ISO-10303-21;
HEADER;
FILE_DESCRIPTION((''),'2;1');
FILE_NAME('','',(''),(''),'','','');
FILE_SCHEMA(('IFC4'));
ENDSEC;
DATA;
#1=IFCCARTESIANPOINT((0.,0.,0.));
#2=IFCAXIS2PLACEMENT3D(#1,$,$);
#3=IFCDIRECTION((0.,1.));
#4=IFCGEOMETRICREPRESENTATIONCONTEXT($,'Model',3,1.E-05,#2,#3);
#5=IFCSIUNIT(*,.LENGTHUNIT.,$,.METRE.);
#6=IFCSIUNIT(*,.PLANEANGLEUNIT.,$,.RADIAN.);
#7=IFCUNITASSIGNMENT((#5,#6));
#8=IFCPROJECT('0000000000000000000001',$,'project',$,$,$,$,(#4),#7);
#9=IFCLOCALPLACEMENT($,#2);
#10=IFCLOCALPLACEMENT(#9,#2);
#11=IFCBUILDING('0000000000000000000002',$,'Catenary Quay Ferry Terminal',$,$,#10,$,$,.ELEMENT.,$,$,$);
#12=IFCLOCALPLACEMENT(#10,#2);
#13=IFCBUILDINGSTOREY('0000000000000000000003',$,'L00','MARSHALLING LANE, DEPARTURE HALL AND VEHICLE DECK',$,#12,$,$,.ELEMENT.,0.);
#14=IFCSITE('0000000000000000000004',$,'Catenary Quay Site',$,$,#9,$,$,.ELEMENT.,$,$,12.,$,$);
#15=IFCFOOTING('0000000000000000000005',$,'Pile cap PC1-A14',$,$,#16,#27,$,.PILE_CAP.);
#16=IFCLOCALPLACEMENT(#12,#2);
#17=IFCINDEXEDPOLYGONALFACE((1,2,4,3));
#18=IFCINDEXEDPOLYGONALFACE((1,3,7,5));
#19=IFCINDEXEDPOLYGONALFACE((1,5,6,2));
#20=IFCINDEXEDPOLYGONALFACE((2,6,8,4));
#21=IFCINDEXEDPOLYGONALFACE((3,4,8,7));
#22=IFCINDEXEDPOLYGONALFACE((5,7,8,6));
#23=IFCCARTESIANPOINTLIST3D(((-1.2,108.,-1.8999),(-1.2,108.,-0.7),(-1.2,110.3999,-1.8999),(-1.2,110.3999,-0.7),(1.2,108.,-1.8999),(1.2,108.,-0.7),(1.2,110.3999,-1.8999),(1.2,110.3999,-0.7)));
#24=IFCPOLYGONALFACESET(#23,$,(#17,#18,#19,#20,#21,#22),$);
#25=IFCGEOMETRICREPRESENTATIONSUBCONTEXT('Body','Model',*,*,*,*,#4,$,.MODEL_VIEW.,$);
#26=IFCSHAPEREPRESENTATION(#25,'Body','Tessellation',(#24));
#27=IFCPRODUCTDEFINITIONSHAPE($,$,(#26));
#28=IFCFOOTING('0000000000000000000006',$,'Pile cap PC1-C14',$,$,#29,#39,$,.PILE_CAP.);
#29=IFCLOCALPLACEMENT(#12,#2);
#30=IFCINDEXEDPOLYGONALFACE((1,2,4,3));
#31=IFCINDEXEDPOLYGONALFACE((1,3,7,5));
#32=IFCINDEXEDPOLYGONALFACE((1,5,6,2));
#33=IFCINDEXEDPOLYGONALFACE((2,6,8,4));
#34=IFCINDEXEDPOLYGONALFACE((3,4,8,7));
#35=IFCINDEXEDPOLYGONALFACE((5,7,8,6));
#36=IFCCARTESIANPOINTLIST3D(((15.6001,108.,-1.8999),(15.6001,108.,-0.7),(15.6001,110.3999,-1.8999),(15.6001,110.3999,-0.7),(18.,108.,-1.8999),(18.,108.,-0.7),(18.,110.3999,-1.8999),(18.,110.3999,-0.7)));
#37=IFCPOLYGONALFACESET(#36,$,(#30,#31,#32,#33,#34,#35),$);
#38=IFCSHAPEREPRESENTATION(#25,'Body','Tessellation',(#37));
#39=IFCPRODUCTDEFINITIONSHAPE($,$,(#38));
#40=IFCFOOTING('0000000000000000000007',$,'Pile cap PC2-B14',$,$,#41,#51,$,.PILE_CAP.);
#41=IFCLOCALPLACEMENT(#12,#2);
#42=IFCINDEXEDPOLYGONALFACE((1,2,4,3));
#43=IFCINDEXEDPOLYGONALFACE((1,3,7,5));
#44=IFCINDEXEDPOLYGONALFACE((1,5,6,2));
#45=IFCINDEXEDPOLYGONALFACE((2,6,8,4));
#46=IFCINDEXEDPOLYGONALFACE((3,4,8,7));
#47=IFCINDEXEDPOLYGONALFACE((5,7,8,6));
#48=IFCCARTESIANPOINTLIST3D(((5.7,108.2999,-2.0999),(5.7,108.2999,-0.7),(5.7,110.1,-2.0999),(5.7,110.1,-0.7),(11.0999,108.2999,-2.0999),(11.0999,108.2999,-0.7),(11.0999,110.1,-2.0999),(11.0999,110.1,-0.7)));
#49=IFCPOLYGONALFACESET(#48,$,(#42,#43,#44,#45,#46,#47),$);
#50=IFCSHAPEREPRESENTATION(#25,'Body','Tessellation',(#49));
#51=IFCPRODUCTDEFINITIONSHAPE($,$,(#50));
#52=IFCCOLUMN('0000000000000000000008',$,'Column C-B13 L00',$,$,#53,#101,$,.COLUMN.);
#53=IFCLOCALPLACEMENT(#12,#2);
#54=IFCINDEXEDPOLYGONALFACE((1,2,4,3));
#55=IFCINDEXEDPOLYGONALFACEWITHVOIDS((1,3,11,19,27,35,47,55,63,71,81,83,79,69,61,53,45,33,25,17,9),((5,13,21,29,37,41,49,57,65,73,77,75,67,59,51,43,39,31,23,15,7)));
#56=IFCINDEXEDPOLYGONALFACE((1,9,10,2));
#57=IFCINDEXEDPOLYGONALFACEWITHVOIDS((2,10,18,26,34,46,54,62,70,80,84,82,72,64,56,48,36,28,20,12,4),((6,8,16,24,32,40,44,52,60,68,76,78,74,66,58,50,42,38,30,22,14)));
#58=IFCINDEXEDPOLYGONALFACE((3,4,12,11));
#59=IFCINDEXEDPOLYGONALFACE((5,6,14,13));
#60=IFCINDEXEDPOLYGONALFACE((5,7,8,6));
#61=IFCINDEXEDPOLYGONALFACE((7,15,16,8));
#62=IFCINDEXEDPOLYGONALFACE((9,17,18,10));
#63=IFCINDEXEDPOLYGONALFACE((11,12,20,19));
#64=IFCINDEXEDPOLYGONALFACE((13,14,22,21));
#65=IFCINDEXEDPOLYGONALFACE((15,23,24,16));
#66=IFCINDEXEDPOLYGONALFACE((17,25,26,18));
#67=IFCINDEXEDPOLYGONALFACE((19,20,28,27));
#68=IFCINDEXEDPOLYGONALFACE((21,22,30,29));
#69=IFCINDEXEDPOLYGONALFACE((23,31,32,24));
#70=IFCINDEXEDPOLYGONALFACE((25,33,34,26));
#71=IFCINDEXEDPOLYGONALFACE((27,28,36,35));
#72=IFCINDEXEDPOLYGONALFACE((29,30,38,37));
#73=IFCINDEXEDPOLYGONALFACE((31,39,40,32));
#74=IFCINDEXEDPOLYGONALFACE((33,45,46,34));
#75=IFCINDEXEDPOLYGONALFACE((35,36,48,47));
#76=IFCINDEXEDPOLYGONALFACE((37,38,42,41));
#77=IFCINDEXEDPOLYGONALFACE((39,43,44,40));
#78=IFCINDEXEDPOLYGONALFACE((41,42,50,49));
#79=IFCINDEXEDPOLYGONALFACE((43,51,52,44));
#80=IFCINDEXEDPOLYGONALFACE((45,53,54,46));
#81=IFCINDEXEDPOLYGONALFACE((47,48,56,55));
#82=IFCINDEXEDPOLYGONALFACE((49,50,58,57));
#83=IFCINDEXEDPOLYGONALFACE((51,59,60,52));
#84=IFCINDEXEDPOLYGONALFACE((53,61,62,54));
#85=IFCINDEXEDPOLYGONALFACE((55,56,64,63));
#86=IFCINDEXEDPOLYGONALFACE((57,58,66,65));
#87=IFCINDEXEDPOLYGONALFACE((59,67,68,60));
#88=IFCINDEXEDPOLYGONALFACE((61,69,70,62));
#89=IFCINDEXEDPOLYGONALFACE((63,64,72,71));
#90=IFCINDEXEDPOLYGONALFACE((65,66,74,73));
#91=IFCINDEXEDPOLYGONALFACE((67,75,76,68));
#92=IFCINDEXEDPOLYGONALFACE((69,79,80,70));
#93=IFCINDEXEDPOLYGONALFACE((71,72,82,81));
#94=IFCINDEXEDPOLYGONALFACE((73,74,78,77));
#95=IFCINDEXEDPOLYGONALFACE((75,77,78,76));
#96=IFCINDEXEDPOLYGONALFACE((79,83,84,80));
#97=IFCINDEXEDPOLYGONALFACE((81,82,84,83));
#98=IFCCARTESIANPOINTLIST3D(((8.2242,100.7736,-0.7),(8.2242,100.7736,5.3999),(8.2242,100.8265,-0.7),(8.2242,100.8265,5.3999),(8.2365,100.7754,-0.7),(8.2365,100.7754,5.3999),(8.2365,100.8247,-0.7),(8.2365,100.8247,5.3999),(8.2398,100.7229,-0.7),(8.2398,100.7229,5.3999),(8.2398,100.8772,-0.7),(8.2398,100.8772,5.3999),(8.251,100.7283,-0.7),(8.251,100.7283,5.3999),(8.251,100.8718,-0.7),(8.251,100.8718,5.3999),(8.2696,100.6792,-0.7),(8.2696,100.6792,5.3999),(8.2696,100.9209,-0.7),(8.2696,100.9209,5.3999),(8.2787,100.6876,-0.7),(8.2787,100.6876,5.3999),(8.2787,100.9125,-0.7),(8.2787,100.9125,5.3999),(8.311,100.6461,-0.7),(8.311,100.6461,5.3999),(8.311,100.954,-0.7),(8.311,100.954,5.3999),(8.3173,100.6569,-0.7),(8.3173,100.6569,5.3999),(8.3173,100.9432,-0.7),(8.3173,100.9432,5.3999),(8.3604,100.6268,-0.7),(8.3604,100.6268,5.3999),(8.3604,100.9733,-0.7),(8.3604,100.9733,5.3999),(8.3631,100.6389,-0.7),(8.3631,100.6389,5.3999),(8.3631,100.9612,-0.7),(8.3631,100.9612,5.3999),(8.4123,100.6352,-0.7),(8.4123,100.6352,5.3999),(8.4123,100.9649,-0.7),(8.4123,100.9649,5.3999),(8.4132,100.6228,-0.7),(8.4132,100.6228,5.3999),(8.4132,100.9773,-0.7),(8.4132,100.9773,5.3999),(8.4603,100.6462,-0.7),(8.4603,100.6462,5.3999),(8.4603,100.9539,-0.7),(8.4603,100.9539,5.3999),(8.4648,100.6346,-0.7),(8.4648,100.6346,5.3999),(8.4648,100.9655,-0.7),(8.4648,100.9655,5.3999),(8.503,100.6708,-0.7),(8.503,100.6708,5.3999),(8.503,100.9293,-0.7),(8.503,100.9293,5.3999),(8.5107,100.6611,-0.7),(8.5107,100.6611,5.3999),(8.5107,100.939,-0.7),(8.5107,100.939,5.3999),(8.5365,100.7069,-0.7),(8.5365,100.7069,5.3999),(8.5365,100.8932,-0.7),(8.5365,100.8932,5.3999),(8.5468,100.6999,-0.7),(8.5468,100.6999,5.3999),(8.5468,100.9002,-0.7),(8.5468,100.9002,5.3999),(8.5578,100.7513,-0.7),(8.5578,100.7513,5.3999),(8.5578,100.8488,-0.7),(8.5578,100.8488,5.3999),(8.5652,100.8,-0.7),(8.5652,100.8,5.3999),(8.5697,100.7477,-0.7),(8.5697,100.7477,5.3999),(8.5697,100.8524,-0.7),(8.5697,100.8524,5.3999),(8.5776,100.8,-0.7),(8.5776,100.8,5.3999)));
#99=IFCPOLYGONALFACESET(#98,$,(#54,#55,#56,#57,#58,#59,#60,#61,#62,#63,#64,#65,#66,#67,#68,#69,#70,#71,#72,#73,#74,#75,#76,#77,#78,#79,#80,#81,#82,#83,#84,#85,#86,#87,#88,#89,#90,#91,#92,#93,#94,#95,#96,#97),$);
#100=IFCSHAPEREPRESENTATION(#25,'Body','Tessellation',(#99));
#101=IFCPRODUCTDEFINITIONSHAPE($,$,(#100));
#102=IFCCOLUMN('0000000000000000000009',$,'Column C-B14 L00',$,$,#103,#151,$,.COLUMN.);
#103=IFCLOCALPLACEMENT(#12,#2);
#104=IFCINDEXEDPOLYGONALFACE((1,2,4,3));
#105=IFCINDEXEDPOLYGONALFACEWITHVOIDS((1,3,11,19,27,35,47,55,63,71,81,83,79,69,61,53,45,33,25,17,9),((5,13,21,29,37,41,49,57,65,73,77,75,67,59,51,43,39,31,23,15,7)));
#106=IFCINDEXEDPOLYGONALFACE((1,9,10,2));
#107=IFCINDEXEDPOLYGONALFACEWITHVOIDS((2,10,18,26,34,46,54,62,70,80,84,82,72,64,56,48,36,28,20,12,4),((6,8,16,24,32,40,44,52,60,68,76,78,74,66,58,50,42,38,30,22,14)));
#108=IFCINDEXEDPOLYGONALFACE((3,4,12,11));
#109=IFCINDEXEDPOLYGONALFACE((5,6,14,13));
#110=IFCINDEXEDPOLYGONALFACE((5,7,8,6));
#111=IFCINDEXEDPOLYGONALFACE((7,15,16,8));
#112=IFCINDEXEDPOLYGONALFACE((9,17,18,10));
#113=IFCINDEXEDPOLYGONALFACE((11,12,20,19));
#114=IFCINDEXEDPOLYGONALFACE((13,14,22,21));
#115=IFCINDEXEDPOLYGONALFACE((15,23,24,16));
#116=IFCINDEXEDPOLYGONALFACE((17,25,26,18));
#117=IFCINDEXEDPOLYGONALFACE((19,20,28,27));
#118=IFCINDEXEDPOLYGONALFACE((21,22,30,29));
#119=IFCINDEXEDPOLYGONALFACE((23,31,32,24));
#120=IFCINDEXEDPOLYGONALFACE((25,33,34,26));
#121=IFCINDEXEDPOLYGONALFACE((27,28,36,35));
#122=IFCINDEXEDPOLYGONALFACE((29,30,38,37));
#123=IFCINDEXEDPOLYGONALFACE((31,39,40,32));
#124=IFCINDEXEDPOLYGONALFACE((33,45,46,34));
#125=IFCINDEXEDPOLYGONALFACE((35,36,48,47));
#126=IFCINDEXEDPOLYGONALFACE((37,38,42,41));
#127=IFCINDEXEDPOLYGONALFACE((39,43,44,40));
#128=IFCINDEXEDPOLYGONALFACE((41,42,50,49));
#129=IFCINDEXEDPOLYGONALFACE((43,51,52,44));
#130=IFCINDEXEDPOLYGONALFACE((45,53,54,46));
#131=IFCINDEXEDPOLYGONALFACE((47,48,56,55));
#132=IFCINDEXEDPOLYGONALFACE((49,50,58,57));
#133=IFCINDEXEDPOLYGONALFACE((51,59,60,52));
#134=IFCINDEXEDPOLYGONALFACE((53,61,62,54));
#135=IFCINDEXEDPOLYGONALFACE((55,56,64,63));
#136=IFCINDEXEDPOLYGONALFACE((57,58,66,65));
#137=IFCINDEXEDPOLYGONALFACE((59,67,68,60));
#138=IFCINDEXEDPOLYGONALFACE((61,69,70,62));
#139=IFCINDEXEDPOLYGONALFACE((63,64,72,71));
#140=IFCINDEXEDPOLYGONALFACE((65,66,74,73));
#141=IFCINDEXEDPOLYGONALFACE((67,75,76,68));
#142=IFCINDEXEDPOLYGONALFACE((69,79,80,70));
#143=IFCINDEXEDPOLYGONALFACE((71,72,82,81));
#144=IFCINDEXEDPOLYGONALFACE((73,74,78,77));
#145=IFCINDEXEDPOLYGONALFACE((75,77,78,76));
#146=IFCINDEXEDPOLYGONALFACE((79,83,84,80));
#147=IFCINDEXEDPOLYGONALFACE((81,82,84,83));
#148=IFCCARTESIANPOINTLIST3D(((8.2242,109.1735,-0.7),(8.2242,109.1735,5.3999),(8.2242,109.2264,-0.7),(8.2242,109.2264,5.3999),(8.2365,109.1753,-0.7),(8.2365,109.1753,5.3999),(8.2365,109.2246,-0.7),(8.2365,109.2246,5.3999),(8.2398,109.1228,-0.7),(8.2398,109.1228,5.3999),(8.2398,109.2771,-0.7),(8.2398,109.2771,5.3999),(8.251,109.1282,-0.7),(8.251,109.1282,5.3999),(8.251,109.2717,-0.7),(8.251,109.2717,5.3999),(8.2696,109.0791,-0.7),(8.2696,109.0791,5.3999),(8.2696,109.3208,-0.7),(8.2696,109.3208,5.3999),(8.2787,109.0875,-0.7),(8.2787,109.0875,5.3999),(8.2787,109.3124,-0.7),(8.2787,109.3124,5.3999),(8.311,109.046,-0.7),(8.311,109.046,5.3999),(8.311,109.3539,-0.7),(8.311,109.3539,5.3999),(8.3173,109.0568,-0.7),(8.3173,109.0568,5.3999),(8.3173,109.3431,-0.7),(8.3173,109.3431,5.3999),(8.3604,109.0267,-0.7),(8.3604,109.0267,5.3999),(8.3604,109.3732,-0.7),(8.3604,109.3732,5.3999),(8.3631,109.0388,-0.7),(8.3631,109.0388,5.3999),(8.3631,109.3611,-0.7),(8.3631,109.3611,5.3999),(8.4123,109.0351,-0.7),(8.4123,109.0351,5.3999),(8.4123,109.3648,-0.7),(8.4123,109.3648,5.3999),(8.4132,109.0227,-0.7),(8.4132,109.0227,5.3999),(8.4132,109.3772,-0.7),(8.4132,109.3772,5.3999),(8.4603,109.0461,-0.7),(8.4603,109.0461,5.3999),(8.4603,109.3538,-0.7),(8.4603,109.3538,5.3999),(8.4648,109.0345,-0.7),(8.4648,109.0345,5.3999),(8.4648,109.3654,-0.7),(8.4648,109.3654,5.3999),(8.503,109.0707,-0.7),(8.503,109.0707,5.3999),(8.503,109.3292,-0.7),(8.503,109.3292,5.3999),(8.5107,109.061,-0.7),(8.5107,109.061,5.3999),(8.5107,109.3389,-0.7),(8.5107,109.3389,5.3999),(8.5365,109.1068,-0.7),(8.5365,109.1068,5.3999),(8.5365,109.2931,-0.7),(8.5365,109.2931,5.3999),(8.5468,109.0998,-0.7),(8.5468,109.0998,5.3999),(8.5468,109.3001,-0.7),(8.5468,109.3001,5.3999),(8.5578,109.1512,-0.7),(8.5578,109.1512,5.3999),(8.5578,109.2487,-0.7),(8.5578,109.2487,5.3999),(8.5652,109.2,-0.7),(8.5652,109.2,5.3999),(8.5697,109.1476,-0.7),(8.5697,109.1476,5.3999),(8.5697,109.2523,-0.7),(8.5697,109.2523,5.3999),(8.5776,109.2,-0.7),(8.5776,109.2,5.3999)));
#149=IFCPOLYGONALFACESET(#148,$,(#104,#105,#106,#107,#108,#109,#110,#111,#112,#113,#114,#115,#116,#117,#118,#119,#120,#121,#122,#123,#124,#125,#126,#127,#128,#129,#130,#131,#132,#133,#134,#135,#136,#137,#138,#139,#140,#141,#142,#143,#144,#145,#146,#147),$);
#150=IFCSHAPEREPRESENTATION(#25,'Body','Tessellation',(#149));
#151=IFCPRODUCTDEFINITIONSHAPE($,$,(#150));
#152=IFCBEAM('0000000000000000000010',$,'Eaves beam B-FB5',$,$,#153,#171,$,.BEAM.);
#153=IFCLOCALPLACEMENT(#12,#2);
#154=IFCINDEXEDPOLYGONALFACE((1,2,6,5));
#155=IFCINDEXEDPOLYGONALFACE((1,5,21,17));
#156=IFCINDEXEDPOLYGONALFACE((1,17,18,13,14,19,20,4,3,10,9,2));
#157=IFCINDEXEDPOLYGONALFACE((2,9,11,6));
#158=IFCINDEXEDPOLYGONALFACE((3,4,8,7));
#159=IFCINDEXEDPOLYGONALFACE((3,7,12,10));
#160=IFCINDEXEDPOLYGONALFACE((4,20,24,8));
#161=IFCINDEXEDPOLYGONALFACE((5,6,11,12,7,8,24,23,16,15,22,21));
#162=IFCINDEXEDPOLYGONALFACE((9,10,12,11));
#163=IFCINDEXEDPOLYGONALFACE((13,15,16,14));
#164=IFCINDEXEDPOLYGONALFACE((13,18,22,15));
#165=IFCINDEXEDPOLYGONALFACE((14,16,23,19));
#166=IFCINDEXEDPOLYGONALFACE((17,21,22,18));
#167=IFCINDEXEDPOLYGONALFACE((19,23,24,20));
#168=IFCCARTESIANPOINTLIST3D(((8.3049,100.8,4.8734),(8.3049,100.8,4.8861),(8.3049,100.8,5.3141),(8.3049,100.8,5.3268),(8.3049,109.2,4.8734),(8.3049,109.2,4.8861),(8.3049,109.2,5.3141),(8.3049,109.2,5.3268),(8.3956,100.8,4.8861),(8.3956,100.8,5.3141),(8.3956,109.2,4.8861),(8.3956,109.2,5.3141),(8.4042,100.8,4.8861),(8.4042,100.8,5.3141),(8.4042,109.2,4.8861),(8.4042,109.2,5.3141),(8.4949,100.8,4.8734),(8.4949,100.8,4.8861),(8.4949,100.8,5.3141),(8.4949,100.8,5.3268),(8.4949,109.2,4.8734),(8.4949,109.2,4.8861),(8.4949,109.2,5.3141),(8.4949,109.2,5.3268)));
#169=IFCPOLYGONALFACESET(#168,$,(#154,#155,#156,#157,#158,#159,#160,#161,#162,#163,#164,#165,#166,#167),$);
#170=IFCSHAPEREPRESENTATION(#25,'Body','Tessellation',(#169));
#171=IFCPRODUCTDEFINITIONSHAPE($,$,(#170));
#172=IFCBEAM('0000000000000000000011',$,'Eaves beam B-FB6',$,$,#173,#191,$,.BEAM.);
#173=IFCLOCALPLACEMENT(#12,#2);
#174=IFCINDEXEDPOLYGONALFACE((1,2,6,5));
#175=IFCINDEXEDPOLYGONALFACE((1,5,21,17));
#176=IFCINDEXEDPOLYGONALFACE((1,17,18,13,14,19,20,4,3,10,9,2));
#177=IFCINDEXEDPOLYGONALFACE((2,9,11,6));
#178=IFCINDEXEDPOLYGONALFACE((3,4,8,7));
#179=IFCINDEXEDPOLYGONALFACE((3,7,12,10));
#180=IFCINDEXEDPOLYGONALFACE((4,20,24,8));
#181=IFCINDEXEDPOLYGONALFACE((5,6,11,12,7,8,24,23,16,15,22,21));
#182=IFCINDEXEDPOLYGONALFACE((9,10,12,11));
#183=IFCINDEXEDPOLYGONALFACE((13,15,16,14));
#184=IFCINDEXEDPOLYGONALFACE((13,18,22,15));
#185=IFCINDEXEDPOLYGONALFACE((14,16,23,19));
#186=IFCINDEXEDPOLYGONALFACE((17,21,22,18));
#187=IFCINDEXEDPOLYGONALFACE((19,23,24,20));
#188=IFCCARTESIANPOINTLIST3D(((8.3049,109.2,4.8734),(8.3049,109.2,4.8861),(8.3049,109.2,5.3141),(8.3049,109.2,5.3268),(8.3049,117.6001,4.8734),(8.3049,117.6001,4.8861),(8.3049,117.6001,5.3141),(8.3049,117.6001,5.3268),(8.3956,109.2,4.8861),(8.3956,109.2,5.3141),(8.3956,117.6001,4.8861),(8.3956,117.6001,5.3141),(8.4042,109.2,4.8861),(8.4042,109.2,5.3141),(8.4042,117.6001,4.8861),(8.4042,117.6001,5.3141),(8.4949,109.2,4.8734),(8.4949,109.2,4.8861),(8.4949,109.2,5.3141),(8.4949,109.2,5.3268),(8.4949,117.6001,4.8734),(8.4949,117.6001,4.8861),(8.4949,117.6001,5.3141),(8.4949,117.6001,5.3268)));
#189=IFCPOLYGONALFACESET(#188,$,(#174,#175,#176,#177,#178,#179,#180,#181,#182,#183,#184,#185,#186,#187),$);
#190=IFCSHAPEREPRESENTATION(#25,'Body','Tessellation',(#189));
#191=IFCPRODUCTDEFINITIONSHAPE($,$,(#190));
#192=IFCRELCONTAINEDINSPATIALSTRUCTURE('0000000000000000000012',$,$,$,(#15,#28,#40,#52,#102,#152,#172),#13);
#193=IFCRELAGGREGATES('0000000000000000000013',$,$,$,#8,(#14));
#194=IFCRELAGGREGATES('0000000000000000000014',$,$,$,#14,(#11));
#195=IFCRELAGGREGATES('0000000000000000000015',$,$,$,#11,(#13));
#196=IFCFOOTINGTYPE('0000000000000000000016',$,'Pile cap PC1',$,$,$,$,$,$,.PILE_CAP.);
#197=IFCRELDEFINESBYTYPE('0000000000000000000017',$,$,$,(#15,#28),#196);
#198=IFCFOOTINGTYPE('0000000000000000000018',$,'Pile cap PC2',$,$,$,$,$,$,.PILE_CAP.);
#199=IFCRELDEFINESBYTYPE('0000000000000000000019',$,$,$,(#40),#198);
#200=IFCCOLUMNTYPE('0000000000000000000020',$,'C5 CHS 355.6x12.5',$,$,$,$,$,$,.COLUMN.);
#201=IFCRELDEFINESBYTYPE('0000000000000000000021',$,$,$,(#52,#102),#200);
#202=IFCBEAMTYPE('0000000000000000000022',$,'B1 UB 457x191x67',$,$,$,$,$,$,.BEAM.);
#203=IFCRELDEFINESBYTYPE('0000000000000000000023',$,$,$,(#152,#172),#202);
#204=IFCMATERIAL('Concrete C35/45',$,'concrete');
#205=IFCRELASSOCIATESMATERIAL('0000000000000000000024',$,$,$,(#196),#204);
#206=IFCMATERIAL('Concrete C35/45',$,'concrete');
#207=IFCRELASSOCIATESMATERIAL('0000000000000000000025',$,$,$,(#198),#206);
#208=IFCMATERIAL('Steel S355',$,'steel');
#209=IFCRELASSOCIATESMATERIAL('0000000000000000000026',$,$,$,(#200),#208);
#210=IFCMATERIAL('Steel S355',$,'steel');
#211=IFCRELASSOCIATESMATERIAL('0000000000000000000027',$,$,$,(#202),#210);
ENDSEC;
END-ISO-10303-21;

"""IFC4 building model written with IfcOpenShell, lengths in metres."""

from ifc_helpers import new_model, si_unit, direction, frame, origin, origin_2d, place, context, subcontext, project, spatial, rectangle, hollow_circle, i_section, extrude, material, material_profile, profile_set, type_object, element, save


model = new_model("IFC4")

# Units and contexts
model_context = context("Model", 3, precision=1e-05, world=origin(), true_north=direction((0.0, 1.0)))
body_context = subcontext(model_context, "Body", "Model", "MODEL_VIEW")
ifc_project = project(units=[si_unit("LENGTHUNIT", "METRE"), si_unit("PLANEANGLEUNIT", "RADIAN")], contexts=[model_context])

# Site, building, storey
site_placement = place(None, origin())
site = spatial("IfcSite", under=ifc_project, at=site_placement, Name="Catenary Quay Site", CompositionType="ELEMENT", RefElevation=12.0)
building_placement = place(site_placement, origin())
building = spatial("IfcBuilding", under=site, at=building_placement, Name="Catenary Quay Ferry Terminal", CompositionType="ELEMENT")
storey_placement = place(building_placement, origin())
storey = spatial("IfcBuildingStorey", under=building, at=storey_placement, Name="L00", Description="MARSHALLING LANE, DEPARTURE HALL AND VEHICLE DECK", CompositionType="ELEMENT", Elevation=0.0)

# Footings
ifc_material_1 = material(Name="Concrete C35/45", Category="concrete")
footing_type_1 = type_object("IfcFootingType", Name="Pile cap PC1", PredefinedType="PILE_CAP", material=ifc_material_1)
for number, where, z_axis, x_axis, name in (
    (1, (0.0, 109.2, -1.8999), (0.0, 0.0, 1.0), (1.0, 0.0, 0.0), "Pile cap PC1-A14"),
    (2, (16.8, 109.2, -1.8999), (0.0, 0.0, 1.0), (1.0, 0.0, 0.0), "Pile cap PC1-C14"),
):
    element("IfcFooting", number, at=place(storey_placement, frame(where, z_axis=z_axis, x_axis=x_axis)), inside=storey, type_object=footing_type_1, Name=name, PredefinedType="PILE_CAP", context=body_context, shape_type="SweptSolid", body=[
        extrude(rectangle(XDim=2.3999, YDim=2.3999, at=origin_2d()), origin(), (0.0, 0.0, 1.0), 1.2),
    ])
ifc_material_2 = material(Name="Concrete C35/45", Category="concrete")
footing_type_2 = type_object("IfcFootingType", Name="Pile cap PC2", PredefinedType="PILE_CAP", material=ifc_material_2)
footing_placement = place(storey_placement, frame((8.3999, 109.2, -2.0999), z_axis=(0.0, 0.0, 1.0), x_axis=(1.0, 0.0, 0.0)))
element("IfcFooting", 3, at=footing_placement, inside=storey, type_object=footing_type_2, Name="Pile cap PC2-B14", PredefinedType="PILE_CAP", context=body_context, shape_type="SweptSolid", body=[
    extrude(rectangle(XDim=5.3999, YDim=1.8, at=origin_2d()), origin(), (0.0, 0.0, 1.0), 1.3999),
])

# Columns
ifc_material_3 = material(Name="Steel S355", Category="steel")
ifc_material_profile_1 = material_profile(ifc_material_3, hollow_circle(Radius=0.1777, WallThickness=0.0125, at=origin_2d()), Name="CHS 355.6x12.5")
ifc_profile_set_1 = profile_set([ifc_material_profile_1], Name="Steel S355")
column_type = type_object("IfcColumnType", Name="C5 CHS 355.6x12.5", PredefinedType="COLUMN", material=ifc_profile_set_1)
for number, where, z_axis, x_axis, name in (
    (4, (8.3999, 100.8, -0.7), (0.0, 0.0, 1.0), (1.0, 0.0, 0.0), "Column C-B13 L00"),
    (5, (8.3999, 109.2, -0.7), (0.0, 0.0, 1.0), (1.0, 0.0, 0.0), "Column C-B14 L00"),
):
    element("IfcColumn", number, at=place(storey_placement, frame(where, z_axis=z_axis, x_axis=x_axis)), inside=storey, type_object=column_type, Name=name, PredefinedType="COLUMN", context=body_context, shape_type="SweptSolid", body=[
        extrude(hollow_circle(Radius=0.1777, WallThickness=0.0125, at=origin_2d()), origin(), (0.0, 0.0, 1.0), 6.0999),
    ])

# Beams
ifc_material_4 = material(Name="Steel S355", Category="steel")
ifc_material_profile_2 = material_profile(ifc_material_4, i_section(OverallWidth=0.1899, OverallDepth=0.4534, WebThickness=0.0085, FlangeThickness=0.0127, at=origin_2d()), Name="UB 457x191x67")
ifc_profile_set_2 = profile_set([ifc_material_profile_2], Name="Steel S355")
beam_type_1 = type_object("IfcBeamType", Name="B1 UB 457x191x67", PredefinedType="BEAM", material=ifc_profile_set_2)
beam_1_placement = place(storey_placement, frame((8.3999, 100.8, 5.1001), z_axis=(0.0, 1.0, 0.0), x_axis=(-1.0, 0.0, 0.0)))
element("IfcBeam", 6, at=beam_1_placement, inside=storey, type_object=beam_type_1, Name="Eaves beam B-FB5", PredefinedType="BEAM", context=body_context, shape_type="SweptSolid", body=[
    extrude(i_section(OverallWidth=0.1899, OverallDepth=0.4534, WebThickness=0.0085, FlangeThickness=0.0127, at=origin_2d()), origin(), (0.0, 0.0, 1.0), 8.3999),
])
beam_2_placement = place(storey_placement, frame((8.3999, 109.2, 5.1001), z_axis=(0.0, 1.0, 0.0), x_axis=(-1.0, 0.0, 0.0)))
element("IfcBeam", 7, at=beam_2_placement, inside=storey, type_object=beam_type_1, Name="Eaves beam B-FB6", PredefinedType="BEAM", context=body_context, shape_type="SweptSolid", body=[
    extrude(i_section(OverallWidth=0.1899, OverallDepth=0.4534, WebThickness=0.0085, FlangeThickness=0.0127, at=origin_2d()), origin(), (0.0, 0.0, 1.0), 8.4001),
])

save(model, "model.ifc")
